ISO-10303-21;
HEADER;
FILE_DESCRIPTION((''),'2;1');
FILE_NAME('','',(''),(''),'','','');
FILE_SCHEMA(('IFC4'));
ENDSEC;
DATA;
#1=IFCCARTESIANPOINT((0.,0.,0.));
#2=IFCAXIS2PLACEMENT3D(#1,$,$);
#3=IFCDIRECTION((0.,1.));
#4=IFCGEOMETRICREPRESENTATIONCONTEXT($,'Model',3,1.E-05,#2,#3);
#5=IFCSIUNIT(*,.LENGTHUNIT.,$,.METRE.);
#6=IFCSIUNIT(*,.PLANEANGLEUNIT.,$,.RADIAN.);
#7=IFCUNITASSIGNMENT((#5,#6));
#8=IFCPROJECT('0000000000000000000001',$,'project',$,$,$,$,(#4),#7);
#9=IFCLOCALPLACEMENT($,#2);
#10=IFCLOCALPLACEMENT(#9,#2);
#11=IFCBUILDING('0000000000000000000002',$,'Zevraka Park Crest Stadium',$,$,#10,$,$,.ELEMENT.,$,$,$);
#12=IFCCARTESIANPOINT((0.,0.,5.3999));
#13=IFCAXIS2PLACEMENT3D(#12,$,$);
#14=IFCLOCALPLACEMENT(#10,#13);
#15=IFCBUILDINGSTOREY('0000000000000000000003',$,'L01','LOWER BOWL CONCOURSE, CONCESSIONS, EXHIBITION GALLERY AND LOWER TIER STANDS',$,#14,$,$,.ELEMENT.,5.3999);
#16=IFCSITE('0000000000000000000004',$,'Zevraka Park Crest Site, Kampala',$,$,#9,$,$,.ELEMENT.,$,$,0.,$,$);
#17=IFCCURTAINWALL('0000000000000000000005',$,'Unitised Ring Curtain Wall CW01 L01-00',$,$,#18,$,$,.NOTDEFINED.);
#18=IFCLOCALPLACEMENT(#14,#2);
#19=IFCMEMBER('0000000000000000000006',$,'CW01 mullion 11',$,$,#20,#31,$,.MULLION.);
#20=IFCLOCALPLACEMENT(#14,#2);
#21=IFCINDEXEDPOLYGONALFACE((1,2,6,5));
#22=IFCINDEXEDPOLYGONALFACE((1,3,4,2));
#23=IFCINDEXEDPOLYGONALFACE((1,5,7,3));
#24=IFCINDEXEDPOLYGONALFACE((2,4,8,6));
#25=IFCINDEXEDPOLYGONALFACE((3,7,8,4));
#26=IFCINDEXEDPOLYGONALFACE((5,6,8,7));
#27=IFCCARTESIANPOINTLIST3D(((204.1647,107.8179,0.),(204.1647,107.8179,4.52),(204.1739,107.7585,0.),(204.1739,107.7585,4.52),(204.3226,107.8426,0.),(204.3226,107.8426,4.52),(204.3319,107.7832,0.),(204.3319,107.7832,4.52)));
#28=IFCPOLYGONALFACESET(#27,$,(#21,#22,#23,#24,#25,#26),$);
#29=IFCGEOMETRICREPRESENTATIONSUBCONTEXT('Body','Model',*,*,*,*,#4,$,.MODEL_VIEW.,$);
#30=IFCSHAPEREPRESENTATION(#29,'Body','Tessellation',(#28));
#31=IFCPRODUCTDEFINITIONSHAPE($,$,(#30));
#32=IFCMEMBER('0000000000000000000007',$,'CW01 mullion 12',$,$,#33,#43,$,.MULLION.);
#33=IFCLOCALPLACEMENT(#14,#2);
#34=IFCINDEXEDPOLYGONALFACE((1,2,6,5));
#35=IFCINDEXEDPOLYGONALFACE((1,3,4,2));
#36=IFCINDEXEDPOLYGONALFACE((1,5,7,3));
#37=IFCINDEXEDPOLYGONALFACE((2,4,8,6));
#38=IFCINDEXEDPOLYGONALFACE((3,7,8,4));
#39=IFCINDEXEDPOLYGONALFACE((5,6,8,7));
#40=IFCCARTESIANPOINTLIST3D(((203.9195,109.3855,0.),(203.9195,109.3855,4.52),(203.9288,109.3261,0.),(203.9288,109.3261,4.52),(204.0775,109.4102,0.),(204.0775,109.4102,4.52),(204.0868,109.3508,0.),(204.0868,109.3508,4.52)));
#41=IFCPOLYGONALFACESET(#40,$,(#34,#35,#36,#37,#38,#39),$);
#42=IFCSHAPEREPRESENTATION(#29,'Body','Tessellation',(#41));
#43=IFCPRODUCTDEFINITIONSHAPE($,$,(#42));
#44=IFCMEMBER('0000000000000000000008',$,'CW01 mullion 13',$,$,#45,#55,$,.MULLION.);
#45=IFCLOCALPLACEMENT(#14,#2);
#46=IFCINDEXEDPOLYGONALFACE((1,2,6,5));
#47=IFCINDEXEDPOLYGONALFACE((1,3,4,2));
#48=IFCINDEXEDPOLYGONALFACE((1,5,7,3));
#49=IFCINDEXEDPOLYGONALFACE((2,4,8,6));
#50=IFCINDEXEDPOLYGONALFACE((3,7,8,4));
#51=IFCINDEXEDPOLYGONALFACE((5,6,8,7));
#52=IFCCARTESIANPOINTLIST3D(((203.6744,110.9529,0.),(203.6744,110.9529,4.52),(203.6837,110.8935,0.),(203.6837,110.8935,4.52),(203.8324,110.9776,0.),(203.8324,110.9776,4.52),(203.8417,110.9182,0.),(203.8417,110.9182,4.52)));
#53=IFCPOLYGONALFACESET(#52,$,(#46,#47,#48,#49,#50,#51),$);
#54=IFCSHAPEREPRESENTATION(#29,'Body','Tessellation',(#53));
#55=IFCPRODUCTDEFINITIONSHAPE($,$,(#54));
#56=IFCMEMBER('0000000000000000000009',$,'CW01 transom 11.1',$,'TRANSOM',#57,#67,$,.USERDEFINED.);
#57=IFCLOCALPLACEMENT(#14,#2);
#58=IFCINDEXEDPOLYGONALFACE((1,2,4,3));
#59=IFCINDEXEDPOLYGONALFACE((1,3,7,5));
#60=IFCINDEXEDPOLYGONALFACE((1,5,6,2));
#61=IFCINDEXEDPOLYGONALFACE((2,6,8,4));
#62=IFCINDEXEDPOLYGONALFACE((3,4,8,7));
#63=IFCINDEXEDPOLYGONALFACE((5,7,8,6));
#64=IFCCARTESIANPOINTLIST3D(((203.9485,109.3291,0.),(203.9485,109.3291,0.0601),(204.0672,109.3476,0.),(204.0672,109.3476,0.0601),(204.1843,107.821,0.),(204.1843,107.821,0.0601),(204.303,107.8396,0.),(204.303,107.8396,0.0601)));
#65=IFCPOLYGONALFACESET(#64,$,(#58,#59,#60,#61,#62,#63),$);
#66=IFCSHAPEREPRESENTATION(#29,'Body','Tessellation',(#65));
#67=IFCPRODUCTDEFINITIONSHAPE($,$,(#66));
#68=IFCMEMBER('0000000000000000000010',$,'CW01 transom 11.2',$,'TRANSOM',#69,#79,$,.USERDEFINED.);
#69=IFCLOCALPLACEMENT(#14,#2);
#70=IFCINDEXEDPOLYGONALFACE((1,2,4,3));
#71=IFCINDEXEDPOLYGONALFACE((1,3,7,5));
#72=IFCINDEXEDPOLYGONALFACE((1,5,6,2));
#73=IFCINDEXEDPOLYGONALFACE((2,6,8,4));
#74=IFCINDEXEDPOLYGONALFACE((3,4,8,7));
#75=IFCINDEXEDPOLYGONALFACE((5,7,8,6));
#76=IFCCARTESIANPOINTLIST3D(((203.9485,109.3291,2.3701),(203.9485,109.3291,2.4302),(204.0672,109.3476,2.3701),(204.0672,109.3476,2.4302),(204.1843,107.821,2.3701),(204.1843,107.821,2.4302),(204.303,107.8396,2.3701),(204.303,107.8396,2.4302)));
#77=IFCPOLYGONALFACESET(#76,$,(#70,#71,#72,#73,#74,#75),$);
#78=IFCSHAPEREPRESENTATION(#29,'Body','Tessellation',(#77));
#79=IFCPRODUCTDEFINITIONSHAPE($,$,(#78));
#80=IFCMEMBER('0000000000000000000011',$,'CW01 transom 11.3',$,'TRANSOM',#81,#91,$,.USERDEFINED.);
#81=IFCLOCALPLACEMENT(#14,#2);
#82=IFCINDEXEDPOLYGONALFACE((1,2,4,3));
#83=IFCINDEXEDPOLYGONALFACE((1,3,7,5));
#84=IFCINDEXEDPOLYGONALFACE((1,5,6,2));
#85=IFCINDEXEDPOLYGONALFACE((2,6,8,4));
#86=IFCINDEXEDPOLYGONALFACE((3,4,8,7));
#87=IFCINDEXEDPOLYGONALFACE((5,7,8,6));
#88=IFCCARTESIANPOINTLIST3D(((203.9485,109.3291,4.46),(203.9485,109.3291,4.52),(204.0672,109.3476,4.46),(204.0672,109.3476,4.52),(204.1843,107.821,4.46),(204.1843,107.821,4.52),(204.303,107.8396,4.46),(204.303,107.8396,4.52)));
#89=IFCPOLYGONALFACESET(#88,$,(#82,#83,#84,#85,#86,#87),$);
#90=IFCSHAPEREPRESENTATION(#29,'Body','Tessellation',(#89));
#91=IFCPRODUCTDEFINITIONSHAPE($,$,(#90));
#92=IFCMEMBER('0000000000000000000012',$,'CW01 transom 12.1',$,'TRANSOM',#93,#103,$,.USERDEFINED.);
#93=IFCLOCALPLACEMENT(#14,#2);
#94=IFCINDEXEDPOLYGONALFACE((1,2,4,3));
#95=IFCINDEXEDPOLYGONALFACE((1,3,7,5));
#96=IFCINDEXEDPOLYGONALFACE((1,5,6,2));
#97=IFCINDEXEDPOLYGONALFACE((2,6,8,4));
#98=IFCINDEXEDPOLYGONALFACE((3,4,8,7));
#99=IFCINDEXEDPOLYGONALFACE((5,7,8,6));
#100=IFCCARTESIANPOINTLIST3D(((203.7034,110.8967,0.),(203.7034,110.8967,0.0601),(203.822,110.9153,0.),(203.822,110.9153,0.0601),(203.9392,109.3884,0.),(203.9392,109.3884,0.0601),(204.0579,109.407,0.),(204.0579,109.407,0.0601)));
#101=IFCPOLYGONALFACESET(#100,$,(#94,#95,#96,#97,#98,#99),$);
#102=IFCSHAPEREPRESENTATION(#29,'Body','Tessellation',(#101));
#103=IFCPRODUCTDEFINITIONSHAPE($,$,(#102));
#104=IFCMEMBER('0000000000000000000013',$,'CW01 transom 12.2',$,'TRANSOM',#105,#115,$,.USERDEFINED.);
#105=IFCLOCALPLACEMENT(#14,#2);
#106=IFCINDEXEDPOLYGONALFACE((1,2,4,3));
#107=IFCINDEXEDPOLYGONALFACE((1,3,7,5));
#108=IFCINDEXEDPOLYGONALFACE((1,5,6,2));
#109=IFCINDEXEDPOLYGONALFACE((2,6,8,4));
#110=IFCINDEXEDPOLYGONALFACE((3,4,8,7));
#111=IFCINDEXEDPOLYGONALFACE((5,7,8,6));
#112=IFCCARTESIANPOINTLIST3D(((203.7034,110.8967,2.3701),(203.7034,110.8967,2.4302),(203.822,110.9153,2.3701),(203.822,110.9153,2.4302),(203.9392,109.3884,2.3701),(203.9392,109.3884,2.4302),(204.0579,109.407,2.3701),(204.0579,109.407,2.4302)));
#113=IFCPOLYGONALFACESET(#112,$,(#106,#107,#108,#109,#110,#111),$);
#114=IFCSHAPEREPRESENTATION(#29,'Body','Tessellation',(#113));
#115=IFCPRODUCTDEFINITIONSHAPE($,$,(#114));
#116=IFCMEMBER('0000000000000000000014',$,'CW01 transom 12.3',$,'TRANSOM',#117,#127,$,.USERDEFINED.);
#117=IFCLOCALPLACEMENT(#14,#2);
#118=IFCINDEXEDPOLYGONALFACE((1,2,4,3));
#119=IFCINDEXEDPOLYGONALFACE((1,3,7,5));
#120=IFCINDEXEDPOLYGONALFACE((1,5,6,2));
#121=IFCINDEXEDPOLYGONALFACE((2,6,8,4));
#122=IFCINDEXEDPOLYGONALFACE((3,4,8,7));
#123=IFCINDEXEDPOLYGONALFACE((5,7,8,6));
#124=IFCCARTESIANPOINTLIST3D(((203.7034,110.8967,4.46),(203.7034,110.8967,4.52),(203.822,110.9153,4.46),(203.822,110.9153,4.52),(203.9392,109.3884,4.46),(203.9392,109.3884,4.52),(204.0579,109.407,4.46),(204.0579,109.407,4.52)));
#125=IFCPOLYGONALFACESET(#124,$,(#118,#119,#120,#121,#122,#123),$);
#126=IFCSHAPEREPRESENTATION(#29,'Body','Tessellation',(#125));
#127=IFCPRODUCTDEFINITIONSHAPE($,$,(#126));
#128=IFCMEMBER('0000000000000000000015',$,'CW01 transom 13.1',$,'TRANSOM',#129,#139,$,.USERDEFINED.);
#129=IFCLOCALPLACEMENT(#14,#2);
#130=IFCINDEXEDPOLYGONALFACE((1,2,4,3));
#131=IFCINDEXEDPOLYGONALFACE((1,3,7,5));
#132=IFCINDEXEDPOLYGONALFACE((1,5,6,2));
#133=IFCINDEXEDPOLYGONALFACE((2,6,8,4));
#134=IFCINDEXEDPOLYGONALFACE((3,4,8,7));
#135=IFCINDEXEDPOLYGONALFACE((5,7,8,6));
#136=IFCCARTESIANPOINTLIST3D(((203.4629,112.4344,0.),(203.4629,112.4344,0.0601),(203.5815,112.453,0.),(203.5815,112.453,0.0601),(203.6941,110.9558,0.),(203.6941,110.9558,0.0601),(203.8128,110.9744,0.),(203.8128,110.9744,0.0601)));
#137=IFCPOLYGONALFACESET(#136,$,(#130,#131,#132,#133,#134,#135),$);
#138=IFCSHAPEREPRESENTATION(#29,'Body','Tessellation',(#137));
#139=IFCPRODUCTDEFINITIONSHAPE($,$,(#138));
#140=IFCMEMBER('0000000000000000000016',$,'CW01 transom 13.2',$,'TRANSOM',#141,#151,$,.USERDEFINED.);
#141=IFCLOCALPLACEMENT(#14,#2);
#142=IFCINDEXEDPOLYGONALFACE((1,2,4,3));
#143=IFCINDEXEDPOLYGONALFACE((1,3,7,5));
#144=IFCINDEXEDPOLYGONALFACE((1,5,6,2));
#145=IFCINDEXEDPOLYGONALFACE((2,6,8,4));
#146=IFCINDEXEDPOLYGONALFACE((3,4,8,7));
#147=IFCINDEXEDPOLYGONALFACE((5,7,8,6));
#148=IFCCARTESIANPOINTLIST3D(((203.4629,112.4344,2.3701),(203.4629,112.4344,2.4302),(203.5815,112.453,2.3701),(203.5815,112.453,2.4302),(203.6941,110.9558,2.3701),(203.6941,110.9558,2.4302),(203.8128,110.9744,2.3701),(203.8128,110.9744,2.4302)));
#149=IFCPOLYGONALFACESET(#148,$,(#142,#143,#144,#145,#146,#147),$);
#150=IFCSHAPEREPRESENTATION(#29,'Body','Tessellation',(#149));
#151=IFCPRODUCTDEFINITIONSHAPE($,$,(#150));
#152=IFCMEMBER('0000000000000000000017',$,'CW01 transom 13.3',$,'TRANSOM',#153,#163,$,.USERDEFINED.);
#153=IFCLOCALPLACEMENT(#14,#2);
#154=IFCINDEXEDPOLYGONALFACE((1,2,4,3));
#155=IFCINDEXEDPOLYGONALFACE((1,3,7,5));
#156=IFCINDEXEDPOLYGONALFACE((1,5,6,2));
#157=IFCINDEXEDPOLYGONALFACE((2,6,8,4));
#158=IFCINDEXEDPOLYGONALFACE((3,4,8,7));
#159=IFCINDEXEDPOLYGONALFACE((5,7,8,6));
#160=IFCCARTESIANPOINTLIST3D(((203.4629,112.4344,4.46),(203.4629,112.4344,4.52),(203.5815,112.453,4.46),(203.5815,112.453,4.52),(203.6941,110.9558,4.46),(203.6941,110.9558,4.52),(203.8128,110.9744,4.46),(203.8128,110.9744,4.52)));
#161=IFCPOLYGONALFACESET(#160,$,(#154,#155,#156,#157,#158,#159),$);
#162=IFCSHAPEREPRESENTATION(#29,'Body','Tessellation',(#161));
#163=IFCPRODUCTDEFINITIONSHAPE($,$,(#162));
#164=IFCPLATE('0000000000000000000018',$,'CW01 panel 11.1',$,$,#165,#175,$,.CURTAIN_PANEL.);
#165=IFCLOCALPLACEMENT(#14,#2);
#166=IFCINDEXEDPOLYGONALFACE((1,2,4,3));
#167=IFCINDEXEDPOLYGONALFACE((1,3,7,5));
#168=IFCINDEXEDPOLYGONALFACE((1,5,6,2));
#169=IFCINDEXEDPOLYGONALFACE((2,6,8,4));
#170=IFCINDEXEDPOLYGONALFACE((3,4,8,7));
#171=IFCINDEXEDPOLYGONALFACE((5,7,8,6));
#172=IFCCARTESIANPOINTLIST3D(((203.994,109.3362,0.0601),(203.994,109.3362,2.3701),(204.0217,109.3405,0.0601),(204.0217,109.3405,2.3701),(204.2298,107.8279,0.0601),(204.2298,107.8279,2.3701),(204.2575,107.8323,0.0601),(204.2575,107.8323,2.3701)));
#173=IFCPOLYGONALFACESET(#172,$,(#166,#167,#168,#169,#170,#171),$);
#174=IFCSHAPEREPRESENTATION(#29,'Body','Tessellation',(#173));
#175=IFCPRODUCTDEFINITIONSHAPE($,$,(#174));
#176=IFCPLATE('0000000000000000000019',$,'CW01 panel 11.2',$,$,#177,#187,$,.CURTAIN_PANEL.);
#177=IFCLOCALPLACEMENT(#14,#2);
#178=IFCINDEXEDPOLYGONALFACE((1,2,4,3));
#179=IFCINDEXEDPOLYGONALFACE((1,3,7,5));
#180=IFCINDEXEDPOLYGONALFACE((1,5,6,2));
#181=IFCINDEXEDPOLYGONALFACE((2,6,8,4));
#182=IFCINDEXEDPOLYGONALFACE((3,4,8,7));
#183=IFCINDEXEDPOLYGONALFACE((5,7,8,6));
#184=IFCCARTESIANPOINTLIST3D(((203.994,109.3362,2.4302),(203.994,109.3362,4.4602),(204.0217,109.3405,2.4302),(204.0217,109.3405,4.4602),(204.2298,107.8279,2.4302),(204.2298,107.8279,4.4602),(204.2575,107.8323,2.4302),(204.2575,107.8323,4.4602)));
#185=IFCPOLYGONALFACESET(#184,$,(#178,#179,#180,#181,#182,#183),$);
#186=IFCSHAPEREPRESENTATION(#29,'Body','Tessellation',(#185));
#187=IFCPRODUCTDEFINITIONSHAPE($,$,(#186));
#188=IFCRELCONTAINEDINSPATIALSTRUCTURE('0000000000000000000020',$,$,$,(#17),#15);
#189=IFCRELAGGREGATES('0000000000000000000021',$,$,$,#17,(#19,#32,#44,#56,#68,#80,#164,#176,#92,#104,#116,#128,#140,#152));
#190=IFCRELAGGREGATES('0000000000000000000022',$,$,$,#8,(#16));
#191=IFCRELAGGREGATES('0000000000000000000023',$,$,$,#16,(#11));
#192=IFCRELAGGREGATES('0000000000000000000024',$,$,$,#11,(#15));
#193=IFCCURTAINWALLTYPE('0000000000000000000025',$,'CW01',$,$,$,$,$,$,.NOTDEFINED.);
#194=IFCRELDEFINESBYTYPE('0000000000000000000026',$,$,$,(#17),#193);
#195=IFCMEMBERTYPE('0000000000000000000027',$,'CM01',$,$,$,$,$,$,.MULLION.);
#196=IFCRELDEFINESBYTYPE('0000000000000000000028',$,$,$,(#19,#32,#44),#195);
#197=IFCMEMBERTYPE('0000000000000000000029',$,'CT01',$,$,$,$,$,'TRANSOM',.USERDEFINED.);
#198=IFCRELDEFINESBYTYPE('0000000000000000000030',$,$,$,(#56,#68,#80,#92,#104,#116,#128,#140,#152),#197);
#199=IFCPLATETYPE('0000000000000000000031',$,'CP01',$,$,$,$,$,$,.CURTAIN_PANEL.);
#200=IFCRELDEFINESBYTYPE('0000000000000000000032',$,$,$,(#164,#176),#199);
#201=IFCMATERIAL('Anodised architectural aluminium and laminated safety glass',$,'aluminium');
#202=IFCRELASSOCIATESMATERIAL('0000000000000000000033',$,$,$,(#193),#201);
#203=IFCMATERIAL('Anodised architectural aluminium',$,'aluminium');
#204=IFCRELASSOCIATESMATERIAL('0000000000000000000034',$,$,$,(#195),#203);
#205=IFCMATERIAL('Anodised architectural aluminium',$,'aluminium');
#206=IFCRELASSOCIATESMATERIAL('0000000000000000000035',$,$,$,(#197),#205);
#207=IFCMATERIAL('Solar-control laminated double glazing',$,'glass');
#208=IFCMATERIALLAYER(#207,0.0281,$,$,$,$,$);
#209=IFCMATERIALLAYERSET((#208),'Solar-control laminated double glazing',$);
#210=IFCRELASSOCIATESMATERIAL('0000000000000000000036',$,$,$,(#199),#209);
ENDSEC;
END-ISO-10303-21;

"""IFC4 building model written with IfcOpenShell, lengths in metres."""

from ifc_helpers import new_model, si_unit, direction, frame, origin, origin_2d, place, context, subcontext, project, spatial, rectangle, extrude, material, layer, layer_set, material_profile, profile_set, type_object, element, aggregate, save


model = new_model("IFC4")

# Units and contexts
model_context = context("Model", 3, precision=1e-05, world=origin(), true_north=direction((0.0, 1.0)))
body_context = subcontext(model_context, "Body", "Model", "MODEL_VIEW")
ifc_project = project(units=[si_unit("LENGTHUNIT", "METRE"), si_unit("PLANEANGLEUNIT", "RADIAN")], contexts=[model_context])

# Site, building, storey
site_placement = place(None, origin())
site = spatial("IfcSite", under=ifc_project, at=site_placement, Name="Zevraka Park Crest Site, Kampala", CompositionType="ELEMENT", RefElevation=0.0)
building_placement = place(site_placement, origin())
building = spatial("IfcBuilding", under=site, at=building_placement, Name="Zevraka Park Crest Stadium", CompositionType="ELEMENT")
storey_placement = place(building_placement, frame((0.0, 0.0, 5.3999)))
storey = spatial("IfcBuildingStorey", under=building, at=storey_placement, Name="L01", Description="LOWER BOWL CONCOURSE, CONCESSIONS, EXHIBITION GALLERY AND LOWER TIER STANDS", CompositionType="ELEMENT", Elevation=5.3999)

# Curtain wall, members, plates
ifc_material_1 = material(Name="Anodised architectural aluminium and laminated safety glass", Category="aluminium")
curtain_wall_type = type_object("IfcCurtainWallType", Name="CW01", PredefinedType="NOTDEFINED", material=ifc_material_1)
curtain_wall_placement = place(storey_placement, origin())
curtain_wall = element("IfcCurtainWall", 1, at=curtain_wall_placement, inside=storey, type_object=curtain_wall_type, Name="Unitised Ring Curtain Wall CW01 L01-00", PredefinedType="NOTDEFINED")
ifc_material_2 = material(Name="Anodised architectural aluminium", Category="aluminium")
ifc_material_profile_1 = material_profile(ifc_material_2, rectangle(XDim=0.1599, YDim=0.0601, at=origin_2d()), Name="ALU MULLION 160x60")
ifc_profile_set_1 = profile_set([ifc_material_profile_1], Name="Anodised architectural aluminium")
member_type_1 = type_object("IfcMemberType", Name="CM01", PredefinedType="MULLION", material=ifc_profile_set_1)
member_1_placement = place(storey_placement, frame((204.2483, 107.8005, 0.0), z_axis=(0.0, 0.0, 1.0), x_axis=(-0.987997, -0.154476, 0.0)))
member_1 = element("IfcMember", 2, at=member_1_placement, type_object=member_type_1, Name="CW01 mullion 11", PredefinedType="MULLION", context=body_context, shape_type="SweptSolid", body=[
    extrude(rectangle(XDim=0.1599, YDim=0.0601, at=origin_2d()), origin(), (0.0, 0.0, 1.0), 4.52),
])
member_2_placement = place(storey_placement, frame((204.0032, 109.3682, 0.0), z_axis=(0.0, 0.0, 1.0), x_axis=(-0.987997, -0.154476, 0.0)))
member_2 = element("IfcMember", 3, at=member_2_placement, type_object=member_type_1, Name="CW01 mullion 12", PredefinedType="MULLION", context=body_context, shape_type="SweptSolid", body=[
    extrude(rectangle(XDim=0.1599, YDim=0.0601, at=origin_2d()), origin(), (0.0, 0.0, 1.0), 4.52),
])
member_3_placement = place(storey_placement, frame((203.7581, 110.9355, 0.0), z_axis=(0.0, 0.0, 1.0), x_axis=(-0.987997, -0.154476, 0.0)))
member_3 = element("IfcMember", 4, at=member_3_placement, type_object=member_type_1, Name="CW01 mullion 13", PredefinedType="MULLION", context=body_context, shape_type="SweptSolid", body=[
    extrude(rectangle(XDim=0.1599, YDim=0.0601, at=origin_2d()), origin(), (0.0, 0.0, 1.0), 4.52),
])
ifc_material_3 = material(Name="Anodised architectural aluminium", Category="aluminium")
ifc_material_profile_2 = material_profile(ifc_material_3, rectangle(XDim=0.1201, YDim=0.0601, at=origin_2d()), Name="ALU TRANSOM 120x60")
ifc_profile_set_2 = profile_set([ifc_material_profile_2], Name="Anodised architectural aluminium")
member_type_2 = type_object("IfcMemberType", Name="CT01", ElementType="TRANSOM", PredefinedType="USERDEFINED", material=ifc_profile_set_2)
member_4_placement = place(storey_placement, frame((204.2437, 107.8303, 0.03), z_axis=(-0.154509, 0.987991, 0.0), x_axis=(-0.987991, -0.154509, 0.0)))
member_4 = element("IfcMember", 5, at=member_4_placement, type_object=member_type_2, Name="CW01 transom 11.1", ObjectType="TRANSOM", PredefinedType="USERDEFINED", context=body_context, shape_type="SweptSolid", body=[
    extrude(rectangle(XDim=0.1201, YDim=0.0601, at=origin_2d()), origin(), (0.0, 0.0, 1.0), 1.5264),
])
member_5_placement = place(storey_placement, frame((204.2437, 107.8303, 2.4001), z_axis=(-0.154509, 0.987991, 0.0), x_axis=(-0.987991, -0.154509, 0.0)))
member_5 = element("IfcMember", 6, at=member_5_placement, type_object=member_type_2, Name="CW01 transom 11.2", ObjectType="TRANSOM", PredefinedType="USERDEFINED", context=body_context, shape_type="SweptSolid", body=[
    extrude(rectangle(XDim=0.1201, YDim=0.0601, at=origin_2d()), origin(), (0.0, 0.0, 1.0), 1.5264),
])
member_6_placement = place(storey_placement, frame((204.2437, 107.8303, 4.49), z_axis=(-0.154509, 0.987991, 0.0), x_axis=(-0.987991, -0.154509, 0.0)))
member_6 = element("IfcMember", 7, at=member_6_placement, type_object=member_type_2, Name="CW01 transom 11.3", ObjectType="TRANSOM", PredefinedType="USERDEFINED", context=body_context, shape_type="SweptSolid", body=[
    extrude(rectangle(XDim=0.1201, YDim=0.0601, at=origin_2d()), origin(), (0.0, 0.0, 1.0), 1.5264),
])
member_7_placement = place(storey_placement, frame((203.9985, 109.3977, 0.03), z_axis=(-0.154484, 0.987995, 0.0), x_axis=(-0.987995, -0.154484, 0.0)))
member_7 = element("IfcMember", 8, at=member_7_placement, type_object=member_type_2, Name="CW01 transom 12.1", ObjectType="TRANSOM", PredefinedType="USERDEFINED", context=body_context, shape_type="SweptSolid", body=[
    extrude(rectangle(XDim=0.1201, YDim=0.0601, at=origin_2d()), origin(), (0.0, 0.0, 1.0), 1.5266),
])
member_8_placement = place(storey_placement, frame((203.9985, 109.3977, 2.4001), z_axis=(-0.154484, 0.987995, 0.0), x_axis=(-0.987995, -0.154484, 0.0)))
member_8 = element("IfcMember", 9, at=member_8_placement, type_object=member_type_2, Name="CW01 transom 12.2", ObjectType="TRANSOM", PredefinedType="USERDEFINED", context=body_context, shape_type="SweptSolid", body=[
    extrude(rectangle(XDim=0.1201, YDim=0.0601, at=origin_2d()), origin(), (0.0, 0.0, 1.0), 1.5266),
])
member_9_placement = place(storey_placement, frame((203.9985, 109.3977, 4.49), z_axis=(-0.154484, 0.987995, 0.0), x_axis=(-0.987995, -0.154484, 0.0)))
member_9 = element("IfcMember", 10, at=member_9_placement, type_object=member_type_2, Name="CW01 transom 12.3", ObjectType="TRANSOM", PredefinedType="USERDEFINED", context=body_context, shape_type="SweptSolid", body=[
    extrude(rectangle(XDim=0.1201, YDim=0.0601, at=origin_2d()), origin(), (0.0, 0.0, 1.0), 1.5266),
])
member_10_placement = place(storey_placement, frame((203.7534, 110.9651, 0.03), z_axis=(-0.154496, 0.987993, 0.0), x_axis=(-0.987993, -0.154496, 0.0)))
member_10 = element("IfcMember", 11, at=member_10_placement, type_object=member_type_2, Name="CW01 transom 13.1", ObjectType="TRANSOM", PredefinedType="USERDEFINED", context=body_context, shape_type="SweptSolid", body=[
    extrude(rectangle(XDim=0.1201, YDim=0.0601, at=origin_2d()), origin(), (0.0, 0.0, 1.0), 1.4966),
])
member_11_placement = place(storey_placement, frame((203.7534, 110.9651, 2.4001), z_axis=(-0.154496, 0.987993, 0.0), x_axis=(-0.987993, -0.154496, 0.0)))
member_11 = element("IfcMember", 12, at=member_11_placement, type_object=member_type_2, Name="CW01 transom 13.2", ObjectType="TRANSOM", PredefinedType="USERDEFINED", context=body_context, shape_type="SweptSolid", body=[
    extrude(rectangle(XDim=0.1201, YDim=0.0601, at=origin_2d()), origin(), (0.0, 0.0, 1.0), 1.4966),
])
member_12_placement = place(storey_placement, frame((203.7534, 110.9651, 4.49), z_axis=(-0.154496, 0.987993, 0.0), x_axis=(-0.987993, -0.154496, 0.0)))
member_12 = element("IfcMember", 13, at=member_12_placement, type_object=member_type_2, Name="CW01 transom 13.3", ObjectType="TRANSOM", PredefinedType="USERDEFINED", context=body_context, shape_type="SweptSolid", body=[
    extrude(rectangle(XDim=0.1201, YDim=0.0601, at=origin_2d()), origin(), (0.0, 0.0, 1.0), 1.4966),
])
ifc_material_4 = material(Name="Solar-control laminated double glazing", Category="glass")
ifc_layer_1 = layer(ifc_material_4, 0.0281)
ifc_layer_set_1 = layer_set([ifc_layer_1], Name="Solar-control laminated double glazing")
plate_type = type_object("IfcPlateType", Name="CP01", PredefinedType="CURTAIN_PANEL", material=ifc_layer_set_1)
plate_1_placement = place(storey_placement, frame((204.1257, 108.5842, 0.0601), z_axis=(0.0, 0.0, 1.0), x_axis=(-0.154476, 0.987997, 0.0)))
plate_1 = element("IfcPlate", 14, at=plate_1_placement, type_object=plate_type, Name="CW01 panel 11.1", PredefinedType="CURTAIN_PANEL", context=body_context, shape_type="SweptSolid", body=[
    extrude(rectangle(XDim=1.5266, YDim=0.0281, at=origin_2d()), origin(), (0.0, 0.0, 1.0), 2.3101),
])
plate_2_placement = place(storey_placement, frame((204.1257, 108.5842, 2.4302), z_axis=(0.0, 0.0, 1.0), x_axis=(-0.154476, 0.987997, 0.0)))
plate_2 = element("IfcPlate", 15, at=plate_2_placement, type_object=plate_type, Name="CW01 panel 11.2", PredefinedType="CURTAIN_PANEL", context=body_context, shape_type="SweptSolid", body=[
    extrude(rectangle(XDim=1.5266, YDim=0.0281, at=origin_2d()), origin(), (0.0, 0.0, 1.0), 2.03),
])
aggregate(curtain_wall, [member_1, member_2, member_3, member_4, member_5, member_6, plate_1, plate_2, member_7, member_8, member_9, member_10, member_11, member_12])

save(model, "model.ifc")
